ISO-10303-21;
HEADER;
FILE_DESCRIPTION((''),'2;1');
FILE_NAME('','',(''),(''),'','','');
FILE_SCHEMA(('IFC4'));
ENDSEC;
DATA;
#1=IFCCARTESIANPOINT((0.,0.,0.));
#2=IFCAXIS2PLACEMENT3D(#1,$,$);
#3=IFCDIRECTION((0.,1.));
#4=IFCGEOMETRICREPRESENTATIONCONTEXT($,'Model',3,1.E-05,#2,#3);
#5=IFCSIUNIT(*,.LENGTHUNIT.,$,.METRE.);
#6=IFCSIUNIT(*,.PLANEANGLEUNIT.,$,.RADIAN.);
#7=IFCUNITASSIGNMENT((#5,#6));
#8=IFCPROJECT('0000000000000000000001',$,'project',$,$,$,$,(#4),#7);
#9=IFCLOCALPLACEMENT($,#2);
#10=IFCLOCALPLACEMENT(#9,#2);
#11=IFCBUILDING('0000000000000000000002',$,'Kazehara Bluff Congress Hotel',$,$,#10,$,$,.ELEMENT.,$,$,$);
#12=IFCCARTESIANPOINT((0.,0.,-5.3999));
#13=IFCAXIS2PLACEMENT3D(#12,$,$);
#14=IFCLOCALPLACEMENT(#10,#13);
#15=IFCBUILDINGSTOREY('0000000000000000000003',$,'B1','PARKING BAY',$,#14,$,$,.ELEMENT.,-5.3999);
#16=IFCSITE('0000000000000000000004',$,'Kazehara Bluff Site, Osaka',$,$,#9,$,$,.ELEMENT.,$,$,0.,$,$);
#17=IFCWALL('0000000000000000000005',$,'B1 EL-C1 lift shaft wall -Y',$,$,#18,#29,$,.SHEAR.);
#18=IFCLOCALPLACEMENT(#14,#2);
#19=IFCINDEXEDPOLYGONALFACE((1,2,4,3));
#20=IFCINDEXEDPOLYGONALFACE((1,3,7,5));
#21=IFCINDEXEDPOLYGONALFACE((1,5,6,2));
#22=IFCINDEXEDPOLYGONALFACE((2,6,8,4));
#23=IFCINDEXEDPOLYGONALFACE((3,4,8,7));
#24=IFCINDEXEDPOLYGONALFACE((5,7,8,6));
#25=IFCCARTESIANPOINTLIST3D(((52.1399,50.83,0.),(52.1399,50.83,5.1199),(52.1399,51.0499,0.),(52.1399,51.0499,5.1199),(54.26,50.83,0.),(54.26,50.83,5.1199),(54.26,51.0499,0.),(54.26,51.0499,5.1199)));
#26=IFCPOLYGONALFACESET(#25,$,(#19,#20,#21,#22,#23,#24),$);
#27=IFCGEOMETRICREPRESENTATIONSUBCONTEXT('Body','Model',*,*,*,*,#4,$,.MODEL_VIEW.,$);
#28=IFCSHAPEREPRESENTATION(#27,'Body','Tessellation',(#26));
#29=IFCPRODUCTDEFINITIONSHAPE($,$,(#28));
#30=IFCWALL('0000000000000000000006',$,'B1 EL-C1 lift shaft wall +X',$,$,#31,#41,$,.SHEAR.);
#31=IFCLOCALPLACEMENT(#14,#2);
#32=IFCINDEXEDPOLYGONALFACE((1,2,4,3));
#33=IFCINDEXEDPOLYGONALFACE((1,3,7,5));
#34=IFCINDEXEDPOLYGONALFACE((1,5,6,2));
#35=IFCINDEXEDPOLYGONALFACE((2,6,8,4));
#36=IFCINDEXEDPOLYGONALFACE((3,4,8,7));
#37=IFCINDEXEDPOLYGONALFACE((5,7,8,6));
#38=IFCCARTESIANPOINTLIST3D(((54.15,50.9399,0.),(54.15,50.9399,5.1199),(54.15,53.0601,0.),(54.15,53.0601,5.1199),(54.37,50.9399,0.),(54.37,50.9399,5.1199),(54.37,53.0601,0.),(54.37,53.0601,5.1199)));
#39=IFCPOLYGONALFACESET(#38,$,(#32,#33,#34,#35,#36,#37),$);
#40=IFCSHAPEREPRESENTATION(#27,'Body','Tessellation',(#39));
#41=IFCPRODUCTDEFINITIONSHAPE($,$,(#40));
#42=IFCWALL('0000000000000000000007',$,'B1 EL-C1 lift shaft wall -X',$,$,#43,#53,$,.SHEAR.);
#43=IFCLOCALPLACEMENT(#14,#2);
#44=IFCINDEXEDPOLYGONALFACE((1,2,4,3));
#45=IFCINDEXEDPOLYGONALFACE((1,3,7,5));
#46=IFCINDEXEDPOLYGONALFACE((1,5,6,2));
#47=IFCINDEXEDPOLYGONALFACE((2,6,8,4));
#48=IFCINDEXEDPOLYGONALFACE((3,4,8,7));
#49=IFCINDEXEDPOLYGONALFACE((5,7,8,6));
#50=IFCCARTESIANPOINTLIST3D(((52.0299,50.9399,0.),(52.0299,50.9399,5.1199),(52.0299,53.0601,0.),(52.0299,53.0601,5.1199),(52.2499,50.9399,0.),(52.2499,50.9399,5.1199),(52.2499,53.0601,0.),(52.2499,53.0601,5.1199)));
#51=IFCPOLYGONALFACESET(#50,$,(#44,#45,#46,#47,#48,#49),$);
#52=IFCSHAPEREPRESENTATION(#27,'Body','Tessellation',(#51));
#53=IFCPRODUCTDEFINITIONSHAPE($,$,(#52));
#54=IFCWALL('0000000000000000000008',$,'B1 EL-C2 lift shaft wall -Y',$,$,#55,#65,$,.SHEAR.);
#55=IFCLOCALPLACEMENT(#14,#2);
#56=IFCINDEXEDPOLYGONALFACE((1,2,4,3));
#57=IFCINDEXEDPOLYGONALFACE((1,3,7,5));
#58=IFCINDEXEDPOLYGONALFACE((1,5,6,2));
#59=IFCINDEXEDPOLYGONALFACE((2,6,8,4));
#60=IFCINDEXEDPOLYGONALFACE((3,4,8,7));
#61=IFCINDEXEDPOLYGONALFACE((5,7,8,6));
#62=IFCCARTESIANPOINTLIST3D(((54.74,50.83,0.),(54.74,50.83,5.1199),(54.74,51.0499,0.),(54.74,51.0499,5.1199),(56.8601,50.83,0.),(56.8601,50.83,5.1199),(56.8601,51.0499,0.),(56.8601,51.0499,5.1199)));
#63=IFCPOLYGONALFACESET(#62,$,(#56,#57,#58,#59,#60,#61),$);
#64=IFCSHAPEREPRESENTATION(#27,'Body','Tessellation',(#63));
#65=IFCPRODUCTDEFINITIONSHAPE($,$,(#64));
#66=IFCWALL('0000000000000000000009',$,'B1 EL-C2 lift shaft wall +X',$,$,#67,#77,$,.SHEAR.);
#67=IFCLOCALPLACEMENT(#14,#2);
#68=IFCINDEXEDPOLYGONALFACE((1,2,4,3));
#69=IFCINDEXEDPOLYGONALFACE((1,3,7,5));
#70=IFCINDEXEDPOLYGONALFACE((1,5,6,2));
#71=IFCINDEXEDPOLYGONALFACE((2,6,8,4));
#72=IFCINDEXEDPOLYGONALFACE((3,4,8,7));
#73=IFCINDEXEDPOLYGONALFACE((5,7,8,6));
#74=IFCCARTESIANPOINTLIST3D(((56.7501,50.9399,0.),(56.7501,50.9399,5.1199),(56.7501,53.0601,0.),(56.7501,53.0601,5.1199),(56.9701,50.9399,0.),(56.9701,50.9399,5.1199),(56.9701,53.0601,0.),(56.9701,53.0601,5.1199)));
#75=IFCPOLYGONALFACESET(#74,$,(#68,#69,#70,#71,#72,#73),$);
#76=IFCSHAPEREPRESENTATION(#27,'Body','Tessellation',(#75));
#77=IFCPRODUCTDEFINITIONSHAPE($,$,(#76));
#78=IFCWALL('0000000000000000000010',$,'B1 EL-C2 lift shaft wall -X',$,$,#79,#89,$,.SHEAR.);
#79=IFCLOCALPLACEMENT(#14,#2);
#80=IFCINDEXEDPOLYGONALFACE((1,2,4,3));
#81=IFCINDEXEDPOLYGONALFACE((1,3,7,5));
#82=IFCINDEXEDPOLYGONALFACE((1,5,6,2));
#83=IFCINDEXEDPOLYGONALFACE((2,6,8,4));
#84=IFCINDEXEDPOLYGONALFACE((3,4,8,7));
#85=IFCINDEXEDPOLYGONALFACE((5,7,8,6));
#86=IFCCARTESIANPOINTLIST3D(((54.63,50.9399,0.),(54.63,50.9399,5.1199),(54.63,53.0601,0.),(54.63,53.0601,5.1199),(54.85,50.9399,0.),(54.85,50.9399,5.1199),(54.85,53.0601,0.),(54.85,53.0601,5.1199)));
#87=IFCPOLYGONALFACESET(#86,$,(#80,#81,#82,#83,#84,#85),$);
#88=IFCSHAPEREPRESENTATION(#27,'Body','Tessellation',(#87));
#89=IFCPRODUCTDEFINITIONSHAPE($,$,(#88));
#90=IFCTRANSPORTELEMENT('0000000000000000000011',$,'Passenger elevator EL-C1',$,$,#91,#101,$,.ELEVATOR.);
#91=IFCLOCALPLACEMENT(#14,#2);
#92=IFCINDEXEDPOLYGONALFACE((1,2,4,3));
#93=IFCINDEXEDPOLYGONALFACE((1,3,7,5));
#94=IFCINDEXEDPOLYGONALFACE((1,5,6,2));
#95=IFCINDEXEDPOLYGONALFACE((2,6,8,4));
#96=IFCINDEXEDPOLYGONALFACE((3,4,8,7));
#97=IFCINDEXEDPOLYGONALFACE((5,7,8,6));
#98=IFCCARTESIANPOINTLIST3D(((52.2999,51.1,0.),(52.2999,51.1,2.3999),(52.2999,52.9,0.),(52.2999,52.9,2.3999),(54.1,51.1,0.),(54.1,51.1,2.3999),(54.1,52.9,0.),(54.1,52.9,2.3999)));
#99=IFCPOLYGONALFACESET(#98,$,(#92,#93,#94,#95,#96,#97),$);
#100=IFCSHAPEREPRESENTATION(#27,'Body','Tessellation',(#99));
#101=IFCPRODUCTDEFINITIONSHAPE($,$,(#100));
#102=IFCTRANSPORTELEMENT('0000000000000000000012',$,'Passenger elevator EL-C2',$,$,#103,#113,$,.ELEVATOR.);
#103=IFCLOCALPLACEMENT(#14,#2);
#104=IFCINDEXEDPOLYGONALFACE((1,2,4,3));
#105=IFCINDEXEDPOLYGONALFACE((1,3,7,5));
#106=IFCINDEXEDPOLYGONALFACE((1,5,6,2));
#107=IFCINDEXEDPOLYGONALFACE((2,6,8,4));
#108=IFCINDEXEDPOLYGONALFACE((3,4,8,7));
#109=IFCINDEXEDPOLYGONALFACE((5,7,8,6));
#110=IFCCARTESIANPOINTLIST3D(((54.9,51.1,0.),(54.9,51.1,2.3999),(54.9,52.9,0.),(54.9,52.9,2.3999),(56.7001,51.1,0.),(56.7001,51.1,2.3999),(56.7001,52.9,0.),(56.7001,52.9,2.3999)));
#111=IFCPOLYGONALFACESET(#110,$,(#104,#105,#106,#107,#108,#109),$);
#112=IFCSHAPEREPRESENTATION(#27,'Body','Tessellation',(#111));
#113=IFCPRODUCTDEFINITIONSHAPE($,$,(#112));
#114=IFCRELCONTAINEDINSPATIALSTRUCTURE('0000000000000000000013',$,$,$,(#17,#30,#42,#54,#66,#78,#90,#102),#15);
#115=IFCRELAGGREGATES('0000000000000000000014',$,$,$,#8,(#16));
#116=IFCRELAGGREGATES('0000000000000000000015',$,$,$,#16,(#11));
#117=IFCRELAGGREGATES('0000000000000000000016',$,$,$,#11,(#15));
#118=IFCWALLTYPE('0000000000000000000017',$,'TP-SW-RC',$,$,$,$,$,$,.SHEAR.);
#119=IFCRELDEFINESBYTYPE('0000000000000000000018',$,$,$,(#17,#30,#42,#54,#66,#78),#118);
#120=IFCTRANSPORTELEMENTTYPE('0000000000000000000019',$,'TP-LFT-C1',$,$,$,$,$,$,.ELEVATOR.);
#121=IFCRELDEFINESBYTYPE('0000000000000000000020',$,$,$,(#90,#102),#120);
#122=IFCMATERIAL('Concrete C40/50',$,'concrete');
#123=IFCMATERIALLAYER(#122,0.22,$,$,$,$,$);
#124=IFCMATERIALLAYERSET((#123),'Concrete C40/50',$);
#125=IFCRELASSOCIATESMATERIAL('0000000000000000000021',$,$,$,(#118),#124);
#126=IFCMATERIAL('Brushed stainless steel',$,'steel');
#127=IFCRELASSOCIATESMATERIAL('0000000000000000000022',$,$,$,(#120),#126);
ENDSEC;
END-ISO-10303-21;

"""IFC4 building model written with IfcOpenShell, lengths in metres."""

from ifc_helpers import new_model, si_unit, direction, frame, frame_2d, origin, origin_2d, place, context, subcontext, project, spatial, rectangle, extrude, material, layer, layer_set, type_object, element, save


model = new_model("IFC4")

# Units and contexts
model_context = context("Model", 3, precision=1e-05, world=origin(), true_north=direction((0.0, 1.0)))
body_context = subcontext(model_context, "Body", "Model", "MODEL_VIEW")
ifc_project = project(units=[si_unit("LENGTHUNIT", "METRE"), si_unit("PLANEANGLEUNIT", "RADIAN")], contexts=[model_context])

# Site, building, storey
site_placement = place(None, origin())
site = spatial("IfcSite", under=ifc_project, at=site_placement, Name="Kazehara Bluff Site, Osaka", CompositionType="ELEMENT", RefElevation=0.0)
building_placement = place(site_placement, origin())
building = spatial("IfcBuilding", under=site, at=building_placement, Name="Kazehara Bluff Congress Hotel", CompositionType="ELEMENT")
storey_placement = place(building_placement, frame((0.0, 0.0, -5.3999)))
storey = spatial("IfcBuildingStorey", under=building, at=storey_placement, Name="B1", Description="PARKING BAY", CompositionType="ELEMENT", Elevation=-5.3999)

# Walls
ifc_material_1 = material(Name="Concrete C40/50", Category="concrete")
ifc_layer_1 = layer(ifc_material_1, 0.22)
ifc_layer_set_1 = layer_set([ifc_layer_1], Name="Concrete C40/50")
wall_type = type_object("IfcWallType", Name="TP-SW-RC", PredefinedType="SHEAR", material=ifc_layer_set_1)
for number, where, z_axis, x_axis, name in (
    (1, (52.1399, 50.9399, 0.0), (0.0, 0.0, 1.0), (1.0, 0.0, 0.0), "B1 EL-C1 lift shaft wall -Y"),
    (2, (54.26, 50.9399, 0.0), (0.0, 0.0, 1.0), (0.0, 1.0, 0.0), "B1 EL-C1 lift shaft wall +X"),
    (3, (52.1399, 50.9399, 0.0), (0.0, 0.0, 1.0), (0.0, 1.0, 0.0), "B1 EL-C1 lift shaft wall -X"),
    (4, (54.74, 50.9399, 0.0), (0.0, 0.0, 1.0), (1.0, 0.0, 0.0), "B1 EL-C2 lift shaft wall -Y"),
    (5, (56.8601, 50.9399, 0.0), (0.0, 0.0, 1.0), (0.0, 1.0, 0.0), "B1 EL-C2 lift shaft wall +X"),
    (6, (54.74, 50.9399, 0.0), (0.0, 0.0, 1.0), (0.0, 1.0, 0.0), "B1 EL-C2 lift shaft wall -X"),
):
    element("IfcWall", number, at=place(storey_placement, frame(where, z_axis=z_axis, x_axis=x_axis)), inside=storey, type_object=wall_type, Name=name, PredefinedType="SHEAR", context=body_context, shape_type="SweptSolid", body=[
        extrude(rectangle(XDim=2.1201, YDim=0.22, at=frame_2d((1.0601, 0.0))), origin(), (0.0, 0.0, 1.0), 5.1199),
    ])

# Transport elements
ifc_material_2 = material(Name="Brushed stainless steel", Category="steel")
transport_element_type = type_object("IfcTransportElementType", Name="TP-LFT-C1", PredefinedType="ELEVATOR", material=ifc_material_2)
for number, where, z_axis, x_axis, name in (
    (7, (53.2, 52.0, 0.0), (0.0, 0.0, 1.0), (1.0, 0.0, 0.0), "Passenger elevator EL-C1"),
    (8, (55.8, 52.0, 0.0), (0.0, 0.0, 1.0), (1.0, 0.0, 0.0), "Passenger elevator EL-C2"),
):
    element("IfcTransportElement", number, at=place(storey_placement, frame(where, z_axis=z_axis, x_axis=x_axis)), inside=storey, type_object=transport_element_type, Name=name, PredefinedType="ELEVATOR", context=body_context, shape_type="SweptSolid", body=[
        extrude(rectangle(XDim=1.8, YDim=1.8, at=origin_2d()), origin(), (0.0, 0.0, 1.0), 2.3999),
    ])

save(model, "model.ifc")
